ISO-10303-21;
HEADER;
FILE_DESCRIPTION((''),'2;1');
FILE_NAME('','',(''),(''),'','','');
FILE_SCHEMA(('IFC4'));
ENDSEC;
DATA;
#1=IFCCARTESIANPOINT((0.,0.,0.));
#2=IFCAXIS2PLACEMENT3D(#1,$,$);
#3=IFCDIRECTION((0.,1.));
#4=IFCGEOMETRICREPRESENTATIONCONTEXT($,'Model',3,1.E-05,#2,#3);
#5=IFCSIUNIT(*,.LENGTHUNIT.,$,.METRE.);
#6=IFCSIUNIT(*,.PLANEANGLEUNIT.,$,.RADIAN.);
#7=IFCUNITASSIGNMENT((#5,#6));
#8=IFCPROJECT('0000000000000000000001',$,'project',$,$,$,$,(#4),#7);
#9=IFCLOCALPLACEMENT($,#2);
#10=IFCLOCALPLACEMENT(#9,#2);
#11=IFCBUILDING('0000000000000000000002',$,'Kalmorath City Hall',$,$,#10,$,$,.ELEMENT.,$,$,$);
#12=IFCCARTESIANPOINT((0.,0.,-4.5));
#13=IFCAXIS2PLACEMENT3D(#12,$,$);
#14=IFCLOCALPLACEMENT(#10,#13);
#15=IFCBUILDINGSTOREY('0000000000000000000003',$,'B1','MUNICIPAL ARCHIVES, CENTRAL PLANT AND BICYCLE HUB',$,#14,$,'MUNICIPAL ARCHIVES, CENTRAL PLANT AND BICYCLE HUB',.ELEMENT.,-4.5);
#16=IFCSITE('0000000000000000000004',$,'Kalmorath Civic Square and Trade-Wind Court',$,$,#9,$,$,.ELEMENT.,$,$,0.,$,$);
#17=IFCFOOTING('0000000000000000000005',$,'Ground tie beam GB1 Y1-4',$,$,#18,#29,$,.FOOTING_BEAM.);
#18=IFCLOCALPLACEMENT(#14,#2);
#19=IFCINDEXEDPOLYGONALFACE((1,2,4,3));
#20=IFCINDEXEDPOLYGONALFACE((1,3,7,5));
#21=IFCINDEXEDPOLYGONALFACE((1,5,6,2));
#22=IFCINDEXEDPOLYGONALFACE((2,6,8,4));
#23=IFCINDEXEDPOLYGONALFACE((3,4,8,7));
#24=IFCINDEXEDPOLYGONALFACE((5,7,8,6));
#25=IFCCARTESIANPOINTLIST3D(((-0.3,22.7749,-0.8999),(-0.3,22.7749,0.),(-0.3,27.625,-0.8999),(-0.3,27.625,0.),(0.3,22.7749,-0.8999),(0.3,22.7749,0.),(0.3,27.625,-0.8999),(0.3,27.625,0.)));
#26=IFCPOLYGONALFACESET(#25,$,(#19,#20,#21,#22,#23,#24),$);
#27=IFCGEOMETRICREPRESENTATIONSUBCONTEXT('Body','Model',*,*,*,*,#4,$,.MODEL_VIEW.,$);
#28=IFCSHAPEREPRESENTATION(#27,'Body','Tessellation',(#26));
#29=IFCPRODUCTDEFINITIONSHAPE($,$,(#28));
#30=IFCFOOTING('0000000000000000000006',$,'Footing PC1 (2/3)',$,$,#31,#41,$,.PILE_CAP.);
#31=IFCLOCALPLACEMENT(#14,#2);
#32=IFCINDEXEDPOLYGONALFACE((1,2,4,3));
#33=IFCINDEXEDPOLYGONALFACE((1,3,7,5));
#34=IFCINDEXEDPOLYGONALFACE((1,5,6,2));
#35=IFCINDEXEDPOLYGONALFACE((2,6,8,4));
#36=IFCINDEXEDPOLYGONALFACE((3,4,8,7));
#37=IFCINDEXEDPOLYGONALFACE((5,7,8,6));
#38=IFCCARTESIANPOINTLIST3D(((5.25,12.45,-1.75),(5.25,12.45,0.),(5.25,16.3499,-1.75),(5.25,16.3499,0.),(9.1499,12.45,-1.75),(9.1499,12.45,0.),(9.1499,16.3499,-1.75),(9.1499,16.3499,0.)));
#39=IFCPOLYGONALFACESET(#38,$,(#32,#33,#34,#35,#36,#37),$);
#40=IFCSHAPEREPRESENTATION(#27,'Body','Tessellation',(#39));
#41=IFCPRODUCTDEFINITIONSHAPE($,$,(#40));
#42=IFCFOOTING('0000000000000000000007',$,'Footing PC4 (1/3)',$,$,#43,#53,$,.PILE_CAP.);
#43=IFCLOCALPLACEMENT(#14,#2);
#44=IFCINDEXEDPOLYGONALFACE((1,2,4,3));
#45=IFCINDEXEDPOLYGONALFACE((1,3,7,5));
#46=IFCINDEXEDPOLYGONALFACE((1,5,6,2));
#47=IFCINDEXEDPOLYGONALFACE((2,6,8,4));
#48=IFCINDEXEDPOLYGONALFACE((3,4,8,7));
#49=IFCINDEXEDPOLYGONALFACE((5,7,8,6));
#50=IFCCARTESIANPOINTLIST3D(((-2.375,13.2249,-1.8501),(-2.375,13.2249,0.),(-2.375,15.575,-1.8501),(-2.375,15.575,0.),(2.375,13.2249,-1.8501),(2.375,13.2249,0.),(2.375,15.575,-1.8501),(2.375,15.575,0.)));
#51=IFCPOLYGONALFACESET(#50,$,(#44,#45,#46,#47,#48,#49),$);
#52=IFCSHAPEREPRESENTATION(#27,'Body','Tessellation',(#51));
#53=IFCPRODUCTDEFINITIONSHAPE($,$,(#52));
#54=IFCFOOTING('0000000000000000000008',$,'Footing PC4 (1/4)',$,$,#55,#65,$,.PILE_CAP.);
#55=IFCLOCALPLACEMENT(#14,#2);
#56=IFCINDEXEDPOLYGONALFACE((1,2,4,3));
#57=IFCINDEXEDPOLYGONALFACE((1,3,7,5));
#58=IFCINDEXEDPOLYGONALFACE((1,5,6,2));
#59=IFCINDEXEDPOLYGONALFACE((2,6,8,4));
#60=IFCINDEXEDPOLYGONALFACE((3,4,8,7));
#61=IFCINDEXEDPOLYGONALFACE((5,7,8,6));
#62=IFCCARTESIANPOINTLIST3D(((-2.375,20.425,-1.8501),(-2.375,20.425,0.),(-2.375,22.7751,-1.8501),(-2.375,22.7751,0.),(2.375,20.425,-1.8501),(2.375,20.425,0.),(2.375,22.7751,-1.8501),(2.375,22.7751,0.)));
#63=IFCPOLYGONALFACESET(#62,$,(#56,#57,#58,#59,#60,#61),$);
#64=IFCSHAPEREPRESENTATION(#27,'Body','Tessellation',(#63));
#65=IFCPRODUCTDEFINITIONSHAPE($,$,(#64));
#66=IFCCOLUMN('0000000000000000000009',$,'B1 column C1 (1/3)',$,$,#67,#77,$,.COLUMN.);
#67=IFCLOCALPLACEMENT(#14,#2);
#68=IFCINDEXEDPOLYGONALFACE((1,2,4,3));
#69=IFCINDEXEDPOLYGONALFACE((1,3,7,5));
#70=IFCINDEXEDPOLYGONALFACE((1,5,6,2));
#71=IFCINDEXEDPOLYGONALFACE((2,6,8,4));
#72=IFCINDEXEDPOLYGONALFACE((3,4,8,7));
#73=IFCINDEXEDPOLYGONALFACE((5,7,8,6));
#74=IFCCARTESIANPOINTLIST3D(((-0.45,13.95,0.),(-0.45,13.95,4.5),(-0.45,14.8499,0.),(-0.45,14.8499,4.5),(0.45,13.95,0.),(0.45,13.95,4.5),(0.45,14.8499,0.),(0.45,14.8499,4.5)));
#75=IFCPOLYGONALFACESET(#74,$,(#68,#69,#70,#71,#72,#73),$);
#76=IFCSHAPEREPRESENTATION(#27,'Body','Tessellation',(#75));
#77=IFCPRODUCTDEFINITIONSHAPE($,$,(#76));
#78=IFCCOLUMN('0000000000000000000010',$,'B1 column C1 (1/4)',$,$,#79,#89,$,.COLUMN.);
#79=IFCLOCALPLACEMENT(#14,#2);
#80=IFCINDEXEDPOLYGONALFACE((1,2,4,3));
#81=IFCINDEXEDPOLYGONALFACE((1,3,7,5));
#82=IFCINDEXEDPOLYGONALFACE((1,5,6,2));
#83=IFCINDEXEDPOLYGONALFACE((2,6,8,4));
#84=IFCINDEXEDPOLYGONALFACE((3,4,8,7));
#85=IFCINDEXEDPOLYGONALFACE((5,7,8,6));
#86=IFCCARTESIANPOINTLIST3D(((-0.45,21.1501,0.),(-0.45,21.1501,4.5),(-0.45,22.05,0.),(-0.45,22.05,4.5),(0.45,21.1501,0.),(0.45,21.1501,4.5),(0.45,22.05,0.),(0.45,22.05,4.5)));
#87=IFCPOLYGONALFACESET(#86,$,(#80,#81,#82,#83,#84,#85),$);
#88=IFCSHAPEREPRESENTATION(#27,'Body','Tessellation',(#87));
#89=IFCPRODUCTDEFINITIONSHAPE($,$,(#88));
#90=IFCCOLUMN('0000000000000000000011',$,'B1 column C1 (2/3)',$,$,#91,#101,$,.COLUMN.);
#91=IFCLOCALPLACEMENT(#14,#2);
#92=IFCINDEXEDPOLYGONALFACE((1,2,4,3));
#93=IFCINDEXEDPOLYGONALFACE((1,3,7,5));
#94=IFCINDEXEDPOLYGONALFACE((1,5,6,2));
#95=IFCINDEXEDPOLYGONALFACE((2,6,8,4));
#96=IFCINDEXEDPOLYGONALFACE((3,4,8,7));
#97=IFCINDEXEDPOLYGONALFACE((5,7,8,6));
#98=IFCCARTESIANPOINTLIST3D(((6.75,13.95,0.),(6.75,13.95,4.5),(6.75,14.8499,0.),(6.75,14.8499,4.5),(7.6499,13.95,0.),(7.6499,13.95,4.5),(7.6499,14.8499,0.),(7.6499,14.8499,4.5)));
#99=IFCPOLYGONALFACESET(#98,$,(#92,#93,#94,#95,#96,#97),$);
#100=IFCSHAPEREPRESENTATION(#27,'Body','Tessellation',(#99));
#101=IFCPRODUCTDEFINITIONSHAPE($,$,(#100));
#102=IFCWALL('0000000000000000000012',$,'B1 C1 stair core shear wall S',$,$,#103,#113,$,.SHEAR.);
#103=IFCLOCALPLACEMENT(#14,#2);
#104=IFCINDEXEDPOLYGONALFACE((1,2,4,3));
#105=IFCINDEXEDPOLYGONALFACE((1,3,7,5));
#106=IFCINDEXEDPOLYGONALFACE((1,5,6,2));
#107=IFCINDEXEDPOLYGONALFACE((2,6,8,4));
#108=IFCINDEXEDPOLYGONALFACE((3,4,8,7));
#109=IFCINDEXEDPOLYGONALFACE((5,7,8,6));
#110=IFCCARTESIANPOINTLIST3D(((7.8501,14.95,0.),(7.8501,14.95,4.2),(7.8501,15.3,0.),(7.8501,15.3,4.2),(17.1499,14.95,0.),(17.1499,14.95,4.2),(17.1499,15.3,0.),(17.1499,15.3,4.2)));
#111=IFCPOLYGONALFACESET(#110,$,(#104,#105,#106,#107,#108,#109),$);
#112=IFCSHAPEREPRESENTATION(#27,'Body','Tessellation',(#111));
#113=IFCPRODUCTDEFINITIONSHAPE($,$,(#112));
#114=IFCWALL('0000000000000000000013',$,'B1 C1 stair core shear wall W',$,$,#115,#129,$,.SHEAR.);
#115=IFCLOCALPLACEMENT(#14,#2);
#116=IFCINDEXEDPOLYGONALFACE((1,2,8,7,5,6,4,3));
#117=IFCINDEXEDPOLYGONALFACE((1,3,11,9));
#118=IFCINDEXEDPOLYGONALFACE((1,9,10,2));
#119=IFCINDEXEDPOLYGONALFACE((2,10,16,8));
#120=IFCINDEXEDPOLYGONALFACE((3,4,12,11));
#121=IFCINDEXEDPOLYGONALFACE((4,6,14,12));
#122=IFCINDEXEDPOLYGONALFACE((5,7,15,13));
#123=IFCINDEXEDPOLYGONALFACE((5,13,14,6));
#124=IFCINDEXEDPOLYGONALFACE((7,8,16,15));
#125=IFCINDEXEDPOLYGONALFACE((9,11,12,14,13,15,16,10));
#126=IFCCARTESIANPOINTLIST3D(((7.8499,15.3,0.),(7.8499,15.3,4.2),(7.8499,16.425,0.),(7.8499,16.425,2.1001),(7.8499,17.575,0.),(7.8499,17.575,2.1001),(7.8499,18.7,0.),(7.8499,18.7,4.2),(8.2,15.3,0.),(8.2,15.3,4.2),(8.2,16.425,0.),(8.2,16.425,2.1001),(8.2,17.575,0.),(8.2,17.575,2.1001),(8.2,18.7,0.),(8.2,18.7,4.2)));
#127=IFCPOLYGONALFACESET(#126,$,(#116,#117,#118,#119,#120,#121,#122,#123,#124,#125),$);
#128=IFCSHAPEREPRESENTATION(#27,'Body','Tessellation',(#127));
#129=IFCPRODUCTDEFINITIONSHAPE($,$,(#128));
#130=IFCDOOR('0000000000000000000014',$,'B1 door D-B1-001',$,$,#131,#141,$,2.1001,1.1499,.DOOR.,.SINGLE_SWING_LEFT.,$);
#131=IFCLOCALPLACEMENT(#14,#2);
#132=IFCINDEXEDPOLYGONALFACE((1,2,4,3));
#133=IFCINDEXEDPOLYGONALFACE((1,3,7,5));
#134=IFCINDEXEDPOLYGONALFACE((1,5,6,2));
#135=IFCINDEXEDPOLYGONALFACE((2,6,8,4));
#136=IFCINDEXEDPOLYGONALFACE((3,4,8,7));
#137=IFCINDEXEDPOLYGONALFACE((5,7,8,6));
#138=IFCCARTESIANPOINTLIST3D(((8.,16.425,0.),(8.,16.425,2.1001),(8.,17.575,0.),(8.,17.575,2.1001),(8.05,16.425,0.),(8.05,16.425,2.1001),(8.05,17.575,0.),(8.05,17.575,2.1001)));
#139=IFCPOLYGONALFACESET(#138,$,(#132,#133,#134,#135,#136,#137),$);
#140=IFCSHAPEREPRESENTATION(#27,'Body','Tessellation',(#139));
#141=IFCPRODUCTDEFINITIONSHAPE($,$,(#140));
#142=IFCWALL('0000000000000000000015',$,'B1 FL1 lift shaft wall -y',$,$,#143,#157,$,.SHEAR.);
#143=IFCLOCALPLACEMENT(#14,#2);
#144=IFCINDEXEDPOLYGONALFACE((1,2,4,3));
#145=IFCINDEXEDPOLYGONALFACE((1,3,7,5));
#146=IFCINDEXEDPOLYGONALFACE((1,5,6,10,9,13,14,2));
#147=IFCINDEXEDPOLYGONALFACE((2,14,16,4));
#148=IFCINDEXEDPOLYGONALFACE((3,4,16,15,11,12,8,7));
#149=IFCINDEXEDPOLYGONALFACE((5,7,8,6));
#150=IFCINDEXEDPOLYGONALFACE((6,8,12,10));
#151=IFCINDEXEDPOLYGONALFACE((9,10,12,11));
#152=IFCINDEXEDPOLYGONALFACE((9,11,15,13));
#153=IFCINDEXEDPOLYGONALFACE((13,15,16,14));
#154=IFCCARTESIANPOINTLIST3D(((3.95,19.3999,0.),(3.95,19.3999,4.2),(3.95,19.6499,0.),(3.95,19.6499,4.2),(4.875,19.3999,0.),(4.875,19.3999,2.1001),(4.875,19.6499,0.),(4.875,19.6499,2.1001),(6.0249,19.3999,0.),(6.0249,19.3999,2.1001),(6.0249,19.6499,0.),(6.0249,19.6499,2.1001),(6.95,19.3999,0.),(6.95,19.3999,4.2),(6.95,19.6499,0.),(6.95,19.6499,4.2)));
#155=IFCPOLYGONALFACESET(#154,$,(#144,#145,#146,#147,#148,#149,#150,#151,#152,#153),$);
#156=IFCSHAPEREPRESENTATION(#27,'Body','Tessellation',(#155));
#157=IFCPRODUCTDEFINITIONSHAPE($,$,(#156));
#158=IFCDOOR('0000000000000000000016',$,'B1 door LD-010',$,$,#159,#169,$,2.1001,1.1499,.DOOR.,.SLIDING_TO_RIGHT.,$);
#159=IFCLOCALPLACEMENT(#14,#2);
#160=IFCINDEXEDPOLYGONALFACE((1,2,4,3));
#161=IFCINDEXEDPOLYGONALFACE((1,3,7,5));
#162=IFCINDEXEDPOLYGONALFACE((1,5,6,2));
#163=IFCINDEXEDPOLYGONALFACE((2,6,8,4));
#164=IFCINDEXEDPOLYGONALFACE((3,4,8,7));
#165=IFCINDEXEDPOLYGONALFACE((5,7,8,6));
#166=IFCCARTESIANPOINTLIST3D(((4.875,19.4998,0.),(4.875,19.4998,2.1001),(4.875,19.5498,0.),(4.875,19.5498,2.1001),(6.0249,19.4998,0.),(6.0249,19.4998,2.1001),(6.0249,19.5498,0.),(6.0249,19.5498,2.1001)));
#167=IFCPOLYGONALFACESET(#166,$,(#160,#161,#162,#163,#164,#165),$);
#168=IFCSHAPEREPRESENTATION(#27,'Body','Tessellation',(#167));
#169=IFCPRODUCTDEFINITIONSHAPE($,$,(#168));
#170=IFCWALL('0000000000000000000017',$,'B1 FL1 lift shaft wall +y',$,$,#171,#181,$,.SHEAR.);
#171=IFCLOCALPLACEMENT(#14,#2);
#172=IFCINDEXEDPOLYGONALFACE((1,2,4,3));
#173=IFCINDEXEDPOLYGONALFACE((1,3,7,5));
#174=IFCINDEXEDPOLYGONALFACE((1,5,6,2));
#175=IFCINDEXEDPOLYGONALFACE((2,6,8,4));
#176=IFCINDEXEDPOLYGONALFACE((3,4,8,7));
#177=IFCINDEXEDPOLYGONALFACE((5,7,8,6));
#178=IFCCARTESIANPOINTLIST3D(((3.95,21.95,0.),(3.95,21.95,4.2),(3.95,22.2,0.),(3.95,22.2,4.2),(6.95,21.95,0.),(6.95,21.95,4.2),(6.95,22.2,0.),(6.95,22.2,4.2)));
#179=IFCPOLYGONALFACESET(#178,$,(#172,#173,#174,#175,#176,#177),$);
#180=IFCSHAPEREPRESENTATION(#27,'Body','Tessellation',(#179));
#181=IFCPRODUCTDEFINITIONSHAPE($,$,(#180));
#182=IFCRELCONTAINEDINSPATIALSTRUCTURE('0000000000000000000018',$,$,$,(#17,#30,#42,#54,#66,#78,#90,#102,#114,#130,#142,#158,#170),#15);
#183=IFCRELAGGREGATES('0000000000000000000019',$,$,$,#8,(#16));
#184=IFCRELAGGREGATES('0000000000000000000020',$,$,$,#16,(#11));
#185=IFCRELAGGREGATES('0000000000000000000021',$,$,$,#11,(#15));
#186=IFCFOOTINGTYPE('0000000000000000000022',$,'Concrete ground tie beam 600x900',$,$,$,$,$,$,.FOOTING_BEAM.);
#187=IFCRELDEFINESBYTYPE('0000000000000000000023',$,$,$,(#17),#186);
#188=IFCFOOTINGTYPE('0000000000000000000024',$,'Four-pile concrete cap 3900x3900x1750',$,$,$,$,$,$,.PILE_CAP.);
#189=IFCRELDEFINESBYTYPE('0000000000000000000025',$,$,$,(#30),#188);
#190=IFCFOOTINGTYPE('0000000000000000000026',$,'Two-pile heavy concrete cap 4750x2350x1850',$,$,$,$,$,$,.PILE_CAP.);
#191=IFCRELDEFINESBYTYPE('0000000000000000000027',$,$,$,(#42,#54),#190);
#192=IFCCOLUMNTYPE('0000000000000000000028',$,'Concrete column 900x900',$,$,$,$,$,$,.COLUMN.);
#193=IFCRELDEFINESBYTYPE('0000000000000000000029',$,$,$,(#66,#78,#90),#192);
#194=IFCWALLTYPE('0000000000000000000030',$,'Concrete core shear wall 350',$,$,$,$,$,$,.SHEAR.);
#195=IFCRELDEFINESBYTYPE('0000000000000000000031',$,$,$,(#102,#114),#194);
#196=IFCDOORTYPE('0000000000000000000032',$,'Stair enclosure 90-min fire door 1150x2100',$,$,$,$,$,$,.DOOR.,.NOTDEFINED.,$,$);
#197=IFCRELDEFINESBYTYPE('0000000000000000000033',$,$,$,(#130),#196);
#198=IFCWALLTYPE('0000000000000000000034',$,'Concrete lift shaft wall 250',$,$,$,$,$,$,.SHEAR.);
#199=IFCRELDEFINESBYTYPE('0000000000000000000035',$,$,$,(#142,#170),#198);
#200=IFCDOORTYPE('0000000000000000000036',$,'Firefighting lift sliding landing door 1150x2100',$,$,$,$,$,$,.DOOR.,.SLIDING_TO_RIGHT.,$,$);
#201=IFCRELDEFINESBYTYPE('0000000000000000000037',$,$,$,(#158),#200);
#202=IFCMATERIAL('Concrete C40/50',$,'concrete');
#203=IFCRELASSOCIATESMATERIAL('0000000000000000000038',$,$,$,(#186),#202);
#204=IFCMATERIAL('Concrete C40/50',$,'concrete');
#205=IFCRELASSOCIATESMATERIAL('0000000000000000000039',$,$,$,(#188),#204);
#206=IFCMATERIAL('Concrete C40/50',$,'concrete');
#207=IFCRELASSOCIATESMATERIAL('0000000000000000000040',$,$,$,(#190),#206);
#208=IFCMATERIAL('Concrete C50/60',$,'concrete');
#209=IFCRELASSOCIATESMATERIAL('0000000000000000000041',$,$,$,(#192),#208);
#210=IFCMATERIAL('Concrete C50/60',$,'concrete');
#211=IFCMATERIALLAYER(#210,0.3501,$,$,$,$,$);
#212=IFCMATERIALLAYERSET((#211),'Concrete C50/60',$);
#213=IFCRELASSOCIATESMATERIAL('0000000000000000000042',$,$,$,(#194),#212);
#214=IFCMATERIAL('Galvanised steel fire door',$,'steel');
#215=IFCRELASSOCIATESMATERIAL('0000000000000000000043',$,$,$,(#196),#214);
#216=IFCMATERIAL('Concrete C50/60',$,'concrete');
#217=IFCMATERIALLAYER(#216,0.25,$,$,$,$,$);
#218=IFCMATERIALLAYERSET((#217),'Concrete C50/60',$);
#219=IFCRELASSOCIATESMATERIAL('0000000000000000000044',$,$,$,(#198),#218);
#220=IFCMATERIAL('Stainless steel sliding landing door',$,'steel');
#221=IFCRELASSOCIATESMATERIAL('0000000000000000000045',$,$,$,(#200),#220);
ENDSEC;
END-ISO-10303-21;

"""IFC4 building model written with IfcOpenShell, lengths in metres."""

from ifc_helpers import new_model, si_unit, direction, frame, frame_2d, origin, origin_2d, place, context, subcontext, project, spatial, rectangle, extrude, material, layer, layer_set, material_profile, profile_set, type_object, element, fill, save


model = new_model("IFC4")

# Units and contexts
model_context = context("Model", 3, precision=1e-05, world=origin(), true_north=direction((0.0, 1.0)))
body_context = subcontext(model_context, "Body", "Model", "MODEL_VIEW")
ifc_project = project(units=[si_unit("LENGTHUNIT", "METRE"), si_unit("PLANEANGLEUNIT", "RADIAN")], contexts=[model_context])

# Site, building, storey
site_placement = place(None, origin())
site = spatial("IfcSite", under=ifc_project, at=site_placement, Name="Kalmorath Civic Square and Trade-Wind Court", CompositionType="ELEMENT", RefElevation=0.0)
building_placement = place(site_placement, origin())
building = spatial("IfcBuilding", under=site, at=building_placement, Name="Kalmorath City Hall", CompositionType="ELEMENT")
storey_placement = place(building_placement, frame((0.0, 0.0, -4.5)))
storey = spatial("IfcBuildingStorey", under=building, at=storey_placement, Name="B1", Description="MUNICIPAL ARCHIVES, CENTRAL PLANT AND BICYCLE HUB", LongName="MUNICIPAL ARCHIVES, CENTRAL PLANT AND BICYCLE HUB", CompositionType="ELEMENT", Elevation=-4.5)

# Footings
ifc_material_1 = material(Name="Concrete C40/50", Category="concrete")
ifc_material_profile_1 = material_profile(ifc_material_1, rectangle(XDim=0.6001, YDim=0.8999, at=origin_2d()), Name="RC-BM-600X900")
ifc_profile_set_1 = profile_set([ifc_material_profile_1], Name="Concrete C40/50")
footing_type_1 = type_object("IfcFootingType", Name="Concrete ground tie beam 600x900", PredefinedType="FOOTING_BEAM", material=ifc_profile_set_1)
for number, where, z_axis, x_axis, name in (
    (1, (0.0, 22.7749, -0.45), (0.0, 1.0, 0.0), (-1.0, 0.0, 0.0), "Ground tie beam GB1 Y1-4"),
):
    element("IfcFooting", number, at=place(storey_placement, frame(where, z_axis=z_axis, x_axis=x_axis)), inside=storey, type_object=footing_type_1, Name=name, PredefinedType="FOOTING_BEAM", context=body_context, shape_type="SweptSolid", body=[
        extrude(rectangle(XDim=0.6001, YDim=0.8999, at=origin_2d()), origin(), (0.0, 0.0, 1.0), 4.8501),
    ])
ifc_material_2 = material(Name="Concrete C40/50", Category="concrete")
footing_type_2 = type_object("IfcFootingType", Name="Four-pile concrete cap 3900x3900x1750", PredefinedType="PILE_CAP", material=ifc_material_2)
footing_1_placement = place(storey_placement, frame((7.2, 14.3999, -1.75), z_axis=(0.0, 0.0, 1.0), x_axis=(1.0, 0.0, 0.0)))
element("IfcFooting", 2, at=footing_1_placement, inside=storey, type_object=footing_type_2, Name="Footing PC1 (2/3)", PredefinedType="PILE_CAP", context=body_context, shape_type="SweptSolid", body=[
    extrude(rectangle(XDim=3.8999, YDim=3.8999, at=origin_2d()), origin(), (0.0, 0.0, 1.0), 1.75),
])
ifc_material_3 = material(Name="Concrete C40/50", Category="concrete")
footing_type_3 = type_object("IfcFootingType", Name="Two-pile heavy concrete cap 4750x2350x1850", PredefinedType="PILE_CAP", material=ifc_material_3)
for number, where, z_axis, x_axis, name in (
    (3, (0.0, 14.3999, -1.8501), (0.0, 0.0, 1.0), (1.0, 0.0, 0.0), "Footing PC4 (1/3)"),
    (4, (0.0, 21.6001, -1.8501), (0.0, 0.0, 1.0), (1.0, 0.0, 0.0), "Footing PC4 (1/4)"),
):
    element("IfcFooting", number, at=place(storey_placement, frame(where, z_axis=z_axis, x_axis=x_axis)), inside=storey, type_object=footing_type_3, Name=name, PredefinedType="PILE_CAP", context=body_context, shape_type="SweptSolid", body=[
        extrude(rectangle(XDim=4.75, YDim=2.3501, at=origin_2d()), origin(), (0.0, 0.0, 1.0), 1.8501),
    ])

# Columns
ifc_material_4 = material(Name="Concrete C50/60", Category="concrete")
ifc_material_profile_2 = material_profile(ifc_material_4, rectangle(XDim=0.8999, YDim=0.8999, at=origin_2d()), Name="RC-COL-900X900")
ifc_profile_set_2 = profile_set([ifc_material_profile_2], Name="Concrete C50/60")
column_type = type_object("IfcColumnType", Name="Concrete column 900x900", PredefinedType="COLUMN", material=ifc_profile_set_2)
for number, where, z_axis, x_axis, name in (
    (5, (0.0, 14.3999, 0.0), (0.0, 0.0, 1.0), (1.0, 0.0, 0.0), "B1 column C1 (1/3)"),
    (6, (0.0, 21.6001, 0.0), (0.0, 0.0, 1.0), (1.0, 0.0, 0.0), "B1 column C1 (1/4)"),
    (7, (7.2, 14.3999, 0.0), (0.0, 0.0, 1.0), (1.0, 0.0, 0.0), "B1 column C1 (2/3)"),
):
    element("IfcColumn", number, at=place(storey_placement, frame(where, z_axis=z_axis, x_axis=x_axis)), inside=storey, type_object=column_type, Name=name, PredefinedType="COLUMN", context=body_context, shape_type="SweptSolid", body=[
        extrude(rectangle(XDim=0.8999, YDim=0.8999, at=origin_2d()), origin(), (0.0, 0.0, 1.0), 4.5),
    ])

# Wall
ifc_material_5 = material(Name="Concrete C50/60", Category="concrete")
ifc_layer_1 = layer(ifc_material_5, 0.3501)
ifc_layer_set_1 = layer_set([ifc_layer_1], Name="Concrete C50/60")
wall_type_1 = type_object("IfcWallType", Name="Concrete core shear wall 350", PredefinedType="SHEAR", material=ifc_layer_set_1)
wall_1_placement = place(storey_placement, frame((7.8501, 15.125, 0.0), z_axis=(0.0, 0.0, 1.0), x_axis=(1.0, 0.0, 0.0)))
element("IfcWall", 8, at=wall_1_placement, inside=storey, type_object=wall_type_1, Name="B1 C1 stair core shear wall S", PredefinedType="SHEAR", context=body_context, shape_type="SweptSolid", body=[
    extrude(rectangle(XDim=9.2998, YDim=0.3501, at=frame_2d((4.6499, 0.0))), origin(), (0.0, 0.0, 1.0), 4.2),
])

# Walls, openings, doors
wall_2_placement = place(storey_placement, frame((8.0249, 18.7, 0.0), z_axis=(0.0, 0.0, 1.0), x_axis=(0.0, -1.0, 0.0)))
wall_2 = element("IfcWall", 9, at=wall_2_placement, inside=storey, type_object=wall_type_1, Name="B1 C1 stair core shear wall W", PredefinedType="SHEAR", context=body_context, shape_type="SweptSolid", body=[
    extrude(rectangle(XDim=3.3999, YDim=0.3501, at=frame_2d((1.7, 0.0))), origin(), (0.0, 0.0, 1.0), 4.2),
])
opening_1_placement = place(wall_2_placement, frame((1.125, 0.0, 0.0)))
opening_1 = element("IfcOpeningElement", 10, at=opening_1_placement, cuts=wall_2, PredefinedType="OPENING", context=body_context, shape_type="SweptSolid", body=[
    extrude(rectangle(XDim=1.1499, YDim=2.1001, at=frame_2d((0.575, 1.05))), frame((0.0, 0.1851, 0.0), z_axis=(0.0, -1.0, 0.0), x_axis=(1.0, 0.0, 0.0)), (0.0, 0.0, 1.0), 0.3701),
])
ifc_material_6 = material(Name="Galvanised steel fire door", Category="steel")
door_type_1 = type_object("IfcDoorType", Name="Stair enclosure 90-min fire door 1150x2100", OperationType="NOTDEFINED", PredefinedType="DOOR", material=ifc_material_6)
door_1_placement = place(opening_1_placement, frame((1.1499, 0.0, 0.0), z_axis=(0.0, 0.0, 1.0), x_axis=(-1.0, 0.0, 0.0)))
door_1 = element("IfcDoor", 11, at=door_1_placement, inside=storey, type_object=door_type_1, Name="B1 door D-B1-001", OperationType="SINGLE_SWING_LEFT", OverallHeight=2.1001, OverallWidth=1.1499, PredefinedType="DOOR", context=body_context, shape_type="SweptSolid", body=[
    extrude(rectangle(XDim=1.1499, YDim=2.1001, at=frame_2d((0.575, 1.05))), frame((0.0, 0.0249, 0.0), z_axis=(0.0, -1.0, 0.0), x_axis=(1.0, 0.0, 0.0)), (0.0, 0.0, 1.0), 0.05),
])
fill(opening_1, door_1)
ifc_material_7 = material(Name="Concrete C50/60", Category="concrete")
ifc_layer_2 = layer(ifc_material_7, 0.25)
ifc_layer_set_2 = layer_set([ifc_layer_2], Name="Concrete C50/60")
wall_type_2 = type_object("IfcWallType", Name="Concrete lift shaft wall 250", PredefinedType="SHEAR", material=ifc_layer_set_2)
wall_3_placement = place(storey_placement, frame((3.95, 19.5249, 0.0), z_axis=(0.0, 0.0, 1.0), x_axis=(1.0, 0.0, 0.0)))
wall_3 = element("IfcWall", 12, at=wall_3_placement, inside=storey, type_object=wall_type_2, Name="B1 FL1 lift shaft wall -y", PredefinedType="SHEAR", context=body_context, shape_type="SweptSolid", body=[
    extrude(rectangle(XDim=3.0, YDim=0.25, at=frame_2d((1.5, 0.0))), origin(), (0.0, 0.0, 1.0), 4.2),
])
opening_2_placement = place(wall_3_placement, frame((0.925, 0.0, 0.0)))
opening_2 = element("IfcOpeningElement", 13, at=opening_2_placement, cuts=wall_3, PredefinedType="OPENING", context=body_context, shape_type="SweptSolid", body=[
    extrude(rectangle(XDim=1.1499, YDim=2.1001, at=frame_2d((0.575, 1.05))), frame((0.0, 0.135, 0.0), z_axis=(0.0, -1.0, 0.0), x_axis=(1.0, 0.0, 0.0)), (0.0, 0.0, 1.0), 0.27),
])
ifc_material_8 = material(Name="Stainless steel sliding landing door", Category="steel")
door_type_2 = type_object("IfcDoorType", Name="Firefighting lift sliding landing door 1150x2100", OperationType="SLIDING_TO_RIGHT", PredefinedType="DOOR", material=ifc_material_8)
door_2_placement = place(opening_2_placement, origin())
door_2 = element("IfcDoor", 14, at=door_2_placement, inside=storey, type_object=door_type_2, Name="B1 door LD-010", OperationType="SLIDING_TO_RIGHT", OverallHeight=2.1001, OverallWidth=1.1499, PredefinedType="DOOR", context=body_context, shape_type="SweptSolid", body=[
    extrude(rectangle(XDim=1.1499, YDim=2.1001, at=frame_2d((0.575, 1.05))), frame((0.0, 0.0249, 0.0), z_axis=(0.0, -1.0, 0.0), x_axis=(1.0, 0.0, 0.0)), (0.0, 0.0, 1.0), 0.05),
])
fill(opening_2, door_2)

# Wall
wall_4_placement = place(storey_placement, frame((6.95, 22.075, 0.0), z_axis=(0.0, 0.0, 1.0), x_axis=(-1.0, 0.0, 0.0)))
element("IfcWall", 15, at=wall_4_placement, inside=storey, type_object=wall_type_2, Name="B1 FL1 lift shaft wall +y", PredefinedType="SHEAR", context=body_context, shape_type="SweptSolid", body=[
    extrude(rectangle(XDim=3.0, YDim=0.25, at=frame_2d((1.5, 0.0))), origin(), (0.0, 0.0, 1.0), 4.2),
])

save(model, "model.ifc")
